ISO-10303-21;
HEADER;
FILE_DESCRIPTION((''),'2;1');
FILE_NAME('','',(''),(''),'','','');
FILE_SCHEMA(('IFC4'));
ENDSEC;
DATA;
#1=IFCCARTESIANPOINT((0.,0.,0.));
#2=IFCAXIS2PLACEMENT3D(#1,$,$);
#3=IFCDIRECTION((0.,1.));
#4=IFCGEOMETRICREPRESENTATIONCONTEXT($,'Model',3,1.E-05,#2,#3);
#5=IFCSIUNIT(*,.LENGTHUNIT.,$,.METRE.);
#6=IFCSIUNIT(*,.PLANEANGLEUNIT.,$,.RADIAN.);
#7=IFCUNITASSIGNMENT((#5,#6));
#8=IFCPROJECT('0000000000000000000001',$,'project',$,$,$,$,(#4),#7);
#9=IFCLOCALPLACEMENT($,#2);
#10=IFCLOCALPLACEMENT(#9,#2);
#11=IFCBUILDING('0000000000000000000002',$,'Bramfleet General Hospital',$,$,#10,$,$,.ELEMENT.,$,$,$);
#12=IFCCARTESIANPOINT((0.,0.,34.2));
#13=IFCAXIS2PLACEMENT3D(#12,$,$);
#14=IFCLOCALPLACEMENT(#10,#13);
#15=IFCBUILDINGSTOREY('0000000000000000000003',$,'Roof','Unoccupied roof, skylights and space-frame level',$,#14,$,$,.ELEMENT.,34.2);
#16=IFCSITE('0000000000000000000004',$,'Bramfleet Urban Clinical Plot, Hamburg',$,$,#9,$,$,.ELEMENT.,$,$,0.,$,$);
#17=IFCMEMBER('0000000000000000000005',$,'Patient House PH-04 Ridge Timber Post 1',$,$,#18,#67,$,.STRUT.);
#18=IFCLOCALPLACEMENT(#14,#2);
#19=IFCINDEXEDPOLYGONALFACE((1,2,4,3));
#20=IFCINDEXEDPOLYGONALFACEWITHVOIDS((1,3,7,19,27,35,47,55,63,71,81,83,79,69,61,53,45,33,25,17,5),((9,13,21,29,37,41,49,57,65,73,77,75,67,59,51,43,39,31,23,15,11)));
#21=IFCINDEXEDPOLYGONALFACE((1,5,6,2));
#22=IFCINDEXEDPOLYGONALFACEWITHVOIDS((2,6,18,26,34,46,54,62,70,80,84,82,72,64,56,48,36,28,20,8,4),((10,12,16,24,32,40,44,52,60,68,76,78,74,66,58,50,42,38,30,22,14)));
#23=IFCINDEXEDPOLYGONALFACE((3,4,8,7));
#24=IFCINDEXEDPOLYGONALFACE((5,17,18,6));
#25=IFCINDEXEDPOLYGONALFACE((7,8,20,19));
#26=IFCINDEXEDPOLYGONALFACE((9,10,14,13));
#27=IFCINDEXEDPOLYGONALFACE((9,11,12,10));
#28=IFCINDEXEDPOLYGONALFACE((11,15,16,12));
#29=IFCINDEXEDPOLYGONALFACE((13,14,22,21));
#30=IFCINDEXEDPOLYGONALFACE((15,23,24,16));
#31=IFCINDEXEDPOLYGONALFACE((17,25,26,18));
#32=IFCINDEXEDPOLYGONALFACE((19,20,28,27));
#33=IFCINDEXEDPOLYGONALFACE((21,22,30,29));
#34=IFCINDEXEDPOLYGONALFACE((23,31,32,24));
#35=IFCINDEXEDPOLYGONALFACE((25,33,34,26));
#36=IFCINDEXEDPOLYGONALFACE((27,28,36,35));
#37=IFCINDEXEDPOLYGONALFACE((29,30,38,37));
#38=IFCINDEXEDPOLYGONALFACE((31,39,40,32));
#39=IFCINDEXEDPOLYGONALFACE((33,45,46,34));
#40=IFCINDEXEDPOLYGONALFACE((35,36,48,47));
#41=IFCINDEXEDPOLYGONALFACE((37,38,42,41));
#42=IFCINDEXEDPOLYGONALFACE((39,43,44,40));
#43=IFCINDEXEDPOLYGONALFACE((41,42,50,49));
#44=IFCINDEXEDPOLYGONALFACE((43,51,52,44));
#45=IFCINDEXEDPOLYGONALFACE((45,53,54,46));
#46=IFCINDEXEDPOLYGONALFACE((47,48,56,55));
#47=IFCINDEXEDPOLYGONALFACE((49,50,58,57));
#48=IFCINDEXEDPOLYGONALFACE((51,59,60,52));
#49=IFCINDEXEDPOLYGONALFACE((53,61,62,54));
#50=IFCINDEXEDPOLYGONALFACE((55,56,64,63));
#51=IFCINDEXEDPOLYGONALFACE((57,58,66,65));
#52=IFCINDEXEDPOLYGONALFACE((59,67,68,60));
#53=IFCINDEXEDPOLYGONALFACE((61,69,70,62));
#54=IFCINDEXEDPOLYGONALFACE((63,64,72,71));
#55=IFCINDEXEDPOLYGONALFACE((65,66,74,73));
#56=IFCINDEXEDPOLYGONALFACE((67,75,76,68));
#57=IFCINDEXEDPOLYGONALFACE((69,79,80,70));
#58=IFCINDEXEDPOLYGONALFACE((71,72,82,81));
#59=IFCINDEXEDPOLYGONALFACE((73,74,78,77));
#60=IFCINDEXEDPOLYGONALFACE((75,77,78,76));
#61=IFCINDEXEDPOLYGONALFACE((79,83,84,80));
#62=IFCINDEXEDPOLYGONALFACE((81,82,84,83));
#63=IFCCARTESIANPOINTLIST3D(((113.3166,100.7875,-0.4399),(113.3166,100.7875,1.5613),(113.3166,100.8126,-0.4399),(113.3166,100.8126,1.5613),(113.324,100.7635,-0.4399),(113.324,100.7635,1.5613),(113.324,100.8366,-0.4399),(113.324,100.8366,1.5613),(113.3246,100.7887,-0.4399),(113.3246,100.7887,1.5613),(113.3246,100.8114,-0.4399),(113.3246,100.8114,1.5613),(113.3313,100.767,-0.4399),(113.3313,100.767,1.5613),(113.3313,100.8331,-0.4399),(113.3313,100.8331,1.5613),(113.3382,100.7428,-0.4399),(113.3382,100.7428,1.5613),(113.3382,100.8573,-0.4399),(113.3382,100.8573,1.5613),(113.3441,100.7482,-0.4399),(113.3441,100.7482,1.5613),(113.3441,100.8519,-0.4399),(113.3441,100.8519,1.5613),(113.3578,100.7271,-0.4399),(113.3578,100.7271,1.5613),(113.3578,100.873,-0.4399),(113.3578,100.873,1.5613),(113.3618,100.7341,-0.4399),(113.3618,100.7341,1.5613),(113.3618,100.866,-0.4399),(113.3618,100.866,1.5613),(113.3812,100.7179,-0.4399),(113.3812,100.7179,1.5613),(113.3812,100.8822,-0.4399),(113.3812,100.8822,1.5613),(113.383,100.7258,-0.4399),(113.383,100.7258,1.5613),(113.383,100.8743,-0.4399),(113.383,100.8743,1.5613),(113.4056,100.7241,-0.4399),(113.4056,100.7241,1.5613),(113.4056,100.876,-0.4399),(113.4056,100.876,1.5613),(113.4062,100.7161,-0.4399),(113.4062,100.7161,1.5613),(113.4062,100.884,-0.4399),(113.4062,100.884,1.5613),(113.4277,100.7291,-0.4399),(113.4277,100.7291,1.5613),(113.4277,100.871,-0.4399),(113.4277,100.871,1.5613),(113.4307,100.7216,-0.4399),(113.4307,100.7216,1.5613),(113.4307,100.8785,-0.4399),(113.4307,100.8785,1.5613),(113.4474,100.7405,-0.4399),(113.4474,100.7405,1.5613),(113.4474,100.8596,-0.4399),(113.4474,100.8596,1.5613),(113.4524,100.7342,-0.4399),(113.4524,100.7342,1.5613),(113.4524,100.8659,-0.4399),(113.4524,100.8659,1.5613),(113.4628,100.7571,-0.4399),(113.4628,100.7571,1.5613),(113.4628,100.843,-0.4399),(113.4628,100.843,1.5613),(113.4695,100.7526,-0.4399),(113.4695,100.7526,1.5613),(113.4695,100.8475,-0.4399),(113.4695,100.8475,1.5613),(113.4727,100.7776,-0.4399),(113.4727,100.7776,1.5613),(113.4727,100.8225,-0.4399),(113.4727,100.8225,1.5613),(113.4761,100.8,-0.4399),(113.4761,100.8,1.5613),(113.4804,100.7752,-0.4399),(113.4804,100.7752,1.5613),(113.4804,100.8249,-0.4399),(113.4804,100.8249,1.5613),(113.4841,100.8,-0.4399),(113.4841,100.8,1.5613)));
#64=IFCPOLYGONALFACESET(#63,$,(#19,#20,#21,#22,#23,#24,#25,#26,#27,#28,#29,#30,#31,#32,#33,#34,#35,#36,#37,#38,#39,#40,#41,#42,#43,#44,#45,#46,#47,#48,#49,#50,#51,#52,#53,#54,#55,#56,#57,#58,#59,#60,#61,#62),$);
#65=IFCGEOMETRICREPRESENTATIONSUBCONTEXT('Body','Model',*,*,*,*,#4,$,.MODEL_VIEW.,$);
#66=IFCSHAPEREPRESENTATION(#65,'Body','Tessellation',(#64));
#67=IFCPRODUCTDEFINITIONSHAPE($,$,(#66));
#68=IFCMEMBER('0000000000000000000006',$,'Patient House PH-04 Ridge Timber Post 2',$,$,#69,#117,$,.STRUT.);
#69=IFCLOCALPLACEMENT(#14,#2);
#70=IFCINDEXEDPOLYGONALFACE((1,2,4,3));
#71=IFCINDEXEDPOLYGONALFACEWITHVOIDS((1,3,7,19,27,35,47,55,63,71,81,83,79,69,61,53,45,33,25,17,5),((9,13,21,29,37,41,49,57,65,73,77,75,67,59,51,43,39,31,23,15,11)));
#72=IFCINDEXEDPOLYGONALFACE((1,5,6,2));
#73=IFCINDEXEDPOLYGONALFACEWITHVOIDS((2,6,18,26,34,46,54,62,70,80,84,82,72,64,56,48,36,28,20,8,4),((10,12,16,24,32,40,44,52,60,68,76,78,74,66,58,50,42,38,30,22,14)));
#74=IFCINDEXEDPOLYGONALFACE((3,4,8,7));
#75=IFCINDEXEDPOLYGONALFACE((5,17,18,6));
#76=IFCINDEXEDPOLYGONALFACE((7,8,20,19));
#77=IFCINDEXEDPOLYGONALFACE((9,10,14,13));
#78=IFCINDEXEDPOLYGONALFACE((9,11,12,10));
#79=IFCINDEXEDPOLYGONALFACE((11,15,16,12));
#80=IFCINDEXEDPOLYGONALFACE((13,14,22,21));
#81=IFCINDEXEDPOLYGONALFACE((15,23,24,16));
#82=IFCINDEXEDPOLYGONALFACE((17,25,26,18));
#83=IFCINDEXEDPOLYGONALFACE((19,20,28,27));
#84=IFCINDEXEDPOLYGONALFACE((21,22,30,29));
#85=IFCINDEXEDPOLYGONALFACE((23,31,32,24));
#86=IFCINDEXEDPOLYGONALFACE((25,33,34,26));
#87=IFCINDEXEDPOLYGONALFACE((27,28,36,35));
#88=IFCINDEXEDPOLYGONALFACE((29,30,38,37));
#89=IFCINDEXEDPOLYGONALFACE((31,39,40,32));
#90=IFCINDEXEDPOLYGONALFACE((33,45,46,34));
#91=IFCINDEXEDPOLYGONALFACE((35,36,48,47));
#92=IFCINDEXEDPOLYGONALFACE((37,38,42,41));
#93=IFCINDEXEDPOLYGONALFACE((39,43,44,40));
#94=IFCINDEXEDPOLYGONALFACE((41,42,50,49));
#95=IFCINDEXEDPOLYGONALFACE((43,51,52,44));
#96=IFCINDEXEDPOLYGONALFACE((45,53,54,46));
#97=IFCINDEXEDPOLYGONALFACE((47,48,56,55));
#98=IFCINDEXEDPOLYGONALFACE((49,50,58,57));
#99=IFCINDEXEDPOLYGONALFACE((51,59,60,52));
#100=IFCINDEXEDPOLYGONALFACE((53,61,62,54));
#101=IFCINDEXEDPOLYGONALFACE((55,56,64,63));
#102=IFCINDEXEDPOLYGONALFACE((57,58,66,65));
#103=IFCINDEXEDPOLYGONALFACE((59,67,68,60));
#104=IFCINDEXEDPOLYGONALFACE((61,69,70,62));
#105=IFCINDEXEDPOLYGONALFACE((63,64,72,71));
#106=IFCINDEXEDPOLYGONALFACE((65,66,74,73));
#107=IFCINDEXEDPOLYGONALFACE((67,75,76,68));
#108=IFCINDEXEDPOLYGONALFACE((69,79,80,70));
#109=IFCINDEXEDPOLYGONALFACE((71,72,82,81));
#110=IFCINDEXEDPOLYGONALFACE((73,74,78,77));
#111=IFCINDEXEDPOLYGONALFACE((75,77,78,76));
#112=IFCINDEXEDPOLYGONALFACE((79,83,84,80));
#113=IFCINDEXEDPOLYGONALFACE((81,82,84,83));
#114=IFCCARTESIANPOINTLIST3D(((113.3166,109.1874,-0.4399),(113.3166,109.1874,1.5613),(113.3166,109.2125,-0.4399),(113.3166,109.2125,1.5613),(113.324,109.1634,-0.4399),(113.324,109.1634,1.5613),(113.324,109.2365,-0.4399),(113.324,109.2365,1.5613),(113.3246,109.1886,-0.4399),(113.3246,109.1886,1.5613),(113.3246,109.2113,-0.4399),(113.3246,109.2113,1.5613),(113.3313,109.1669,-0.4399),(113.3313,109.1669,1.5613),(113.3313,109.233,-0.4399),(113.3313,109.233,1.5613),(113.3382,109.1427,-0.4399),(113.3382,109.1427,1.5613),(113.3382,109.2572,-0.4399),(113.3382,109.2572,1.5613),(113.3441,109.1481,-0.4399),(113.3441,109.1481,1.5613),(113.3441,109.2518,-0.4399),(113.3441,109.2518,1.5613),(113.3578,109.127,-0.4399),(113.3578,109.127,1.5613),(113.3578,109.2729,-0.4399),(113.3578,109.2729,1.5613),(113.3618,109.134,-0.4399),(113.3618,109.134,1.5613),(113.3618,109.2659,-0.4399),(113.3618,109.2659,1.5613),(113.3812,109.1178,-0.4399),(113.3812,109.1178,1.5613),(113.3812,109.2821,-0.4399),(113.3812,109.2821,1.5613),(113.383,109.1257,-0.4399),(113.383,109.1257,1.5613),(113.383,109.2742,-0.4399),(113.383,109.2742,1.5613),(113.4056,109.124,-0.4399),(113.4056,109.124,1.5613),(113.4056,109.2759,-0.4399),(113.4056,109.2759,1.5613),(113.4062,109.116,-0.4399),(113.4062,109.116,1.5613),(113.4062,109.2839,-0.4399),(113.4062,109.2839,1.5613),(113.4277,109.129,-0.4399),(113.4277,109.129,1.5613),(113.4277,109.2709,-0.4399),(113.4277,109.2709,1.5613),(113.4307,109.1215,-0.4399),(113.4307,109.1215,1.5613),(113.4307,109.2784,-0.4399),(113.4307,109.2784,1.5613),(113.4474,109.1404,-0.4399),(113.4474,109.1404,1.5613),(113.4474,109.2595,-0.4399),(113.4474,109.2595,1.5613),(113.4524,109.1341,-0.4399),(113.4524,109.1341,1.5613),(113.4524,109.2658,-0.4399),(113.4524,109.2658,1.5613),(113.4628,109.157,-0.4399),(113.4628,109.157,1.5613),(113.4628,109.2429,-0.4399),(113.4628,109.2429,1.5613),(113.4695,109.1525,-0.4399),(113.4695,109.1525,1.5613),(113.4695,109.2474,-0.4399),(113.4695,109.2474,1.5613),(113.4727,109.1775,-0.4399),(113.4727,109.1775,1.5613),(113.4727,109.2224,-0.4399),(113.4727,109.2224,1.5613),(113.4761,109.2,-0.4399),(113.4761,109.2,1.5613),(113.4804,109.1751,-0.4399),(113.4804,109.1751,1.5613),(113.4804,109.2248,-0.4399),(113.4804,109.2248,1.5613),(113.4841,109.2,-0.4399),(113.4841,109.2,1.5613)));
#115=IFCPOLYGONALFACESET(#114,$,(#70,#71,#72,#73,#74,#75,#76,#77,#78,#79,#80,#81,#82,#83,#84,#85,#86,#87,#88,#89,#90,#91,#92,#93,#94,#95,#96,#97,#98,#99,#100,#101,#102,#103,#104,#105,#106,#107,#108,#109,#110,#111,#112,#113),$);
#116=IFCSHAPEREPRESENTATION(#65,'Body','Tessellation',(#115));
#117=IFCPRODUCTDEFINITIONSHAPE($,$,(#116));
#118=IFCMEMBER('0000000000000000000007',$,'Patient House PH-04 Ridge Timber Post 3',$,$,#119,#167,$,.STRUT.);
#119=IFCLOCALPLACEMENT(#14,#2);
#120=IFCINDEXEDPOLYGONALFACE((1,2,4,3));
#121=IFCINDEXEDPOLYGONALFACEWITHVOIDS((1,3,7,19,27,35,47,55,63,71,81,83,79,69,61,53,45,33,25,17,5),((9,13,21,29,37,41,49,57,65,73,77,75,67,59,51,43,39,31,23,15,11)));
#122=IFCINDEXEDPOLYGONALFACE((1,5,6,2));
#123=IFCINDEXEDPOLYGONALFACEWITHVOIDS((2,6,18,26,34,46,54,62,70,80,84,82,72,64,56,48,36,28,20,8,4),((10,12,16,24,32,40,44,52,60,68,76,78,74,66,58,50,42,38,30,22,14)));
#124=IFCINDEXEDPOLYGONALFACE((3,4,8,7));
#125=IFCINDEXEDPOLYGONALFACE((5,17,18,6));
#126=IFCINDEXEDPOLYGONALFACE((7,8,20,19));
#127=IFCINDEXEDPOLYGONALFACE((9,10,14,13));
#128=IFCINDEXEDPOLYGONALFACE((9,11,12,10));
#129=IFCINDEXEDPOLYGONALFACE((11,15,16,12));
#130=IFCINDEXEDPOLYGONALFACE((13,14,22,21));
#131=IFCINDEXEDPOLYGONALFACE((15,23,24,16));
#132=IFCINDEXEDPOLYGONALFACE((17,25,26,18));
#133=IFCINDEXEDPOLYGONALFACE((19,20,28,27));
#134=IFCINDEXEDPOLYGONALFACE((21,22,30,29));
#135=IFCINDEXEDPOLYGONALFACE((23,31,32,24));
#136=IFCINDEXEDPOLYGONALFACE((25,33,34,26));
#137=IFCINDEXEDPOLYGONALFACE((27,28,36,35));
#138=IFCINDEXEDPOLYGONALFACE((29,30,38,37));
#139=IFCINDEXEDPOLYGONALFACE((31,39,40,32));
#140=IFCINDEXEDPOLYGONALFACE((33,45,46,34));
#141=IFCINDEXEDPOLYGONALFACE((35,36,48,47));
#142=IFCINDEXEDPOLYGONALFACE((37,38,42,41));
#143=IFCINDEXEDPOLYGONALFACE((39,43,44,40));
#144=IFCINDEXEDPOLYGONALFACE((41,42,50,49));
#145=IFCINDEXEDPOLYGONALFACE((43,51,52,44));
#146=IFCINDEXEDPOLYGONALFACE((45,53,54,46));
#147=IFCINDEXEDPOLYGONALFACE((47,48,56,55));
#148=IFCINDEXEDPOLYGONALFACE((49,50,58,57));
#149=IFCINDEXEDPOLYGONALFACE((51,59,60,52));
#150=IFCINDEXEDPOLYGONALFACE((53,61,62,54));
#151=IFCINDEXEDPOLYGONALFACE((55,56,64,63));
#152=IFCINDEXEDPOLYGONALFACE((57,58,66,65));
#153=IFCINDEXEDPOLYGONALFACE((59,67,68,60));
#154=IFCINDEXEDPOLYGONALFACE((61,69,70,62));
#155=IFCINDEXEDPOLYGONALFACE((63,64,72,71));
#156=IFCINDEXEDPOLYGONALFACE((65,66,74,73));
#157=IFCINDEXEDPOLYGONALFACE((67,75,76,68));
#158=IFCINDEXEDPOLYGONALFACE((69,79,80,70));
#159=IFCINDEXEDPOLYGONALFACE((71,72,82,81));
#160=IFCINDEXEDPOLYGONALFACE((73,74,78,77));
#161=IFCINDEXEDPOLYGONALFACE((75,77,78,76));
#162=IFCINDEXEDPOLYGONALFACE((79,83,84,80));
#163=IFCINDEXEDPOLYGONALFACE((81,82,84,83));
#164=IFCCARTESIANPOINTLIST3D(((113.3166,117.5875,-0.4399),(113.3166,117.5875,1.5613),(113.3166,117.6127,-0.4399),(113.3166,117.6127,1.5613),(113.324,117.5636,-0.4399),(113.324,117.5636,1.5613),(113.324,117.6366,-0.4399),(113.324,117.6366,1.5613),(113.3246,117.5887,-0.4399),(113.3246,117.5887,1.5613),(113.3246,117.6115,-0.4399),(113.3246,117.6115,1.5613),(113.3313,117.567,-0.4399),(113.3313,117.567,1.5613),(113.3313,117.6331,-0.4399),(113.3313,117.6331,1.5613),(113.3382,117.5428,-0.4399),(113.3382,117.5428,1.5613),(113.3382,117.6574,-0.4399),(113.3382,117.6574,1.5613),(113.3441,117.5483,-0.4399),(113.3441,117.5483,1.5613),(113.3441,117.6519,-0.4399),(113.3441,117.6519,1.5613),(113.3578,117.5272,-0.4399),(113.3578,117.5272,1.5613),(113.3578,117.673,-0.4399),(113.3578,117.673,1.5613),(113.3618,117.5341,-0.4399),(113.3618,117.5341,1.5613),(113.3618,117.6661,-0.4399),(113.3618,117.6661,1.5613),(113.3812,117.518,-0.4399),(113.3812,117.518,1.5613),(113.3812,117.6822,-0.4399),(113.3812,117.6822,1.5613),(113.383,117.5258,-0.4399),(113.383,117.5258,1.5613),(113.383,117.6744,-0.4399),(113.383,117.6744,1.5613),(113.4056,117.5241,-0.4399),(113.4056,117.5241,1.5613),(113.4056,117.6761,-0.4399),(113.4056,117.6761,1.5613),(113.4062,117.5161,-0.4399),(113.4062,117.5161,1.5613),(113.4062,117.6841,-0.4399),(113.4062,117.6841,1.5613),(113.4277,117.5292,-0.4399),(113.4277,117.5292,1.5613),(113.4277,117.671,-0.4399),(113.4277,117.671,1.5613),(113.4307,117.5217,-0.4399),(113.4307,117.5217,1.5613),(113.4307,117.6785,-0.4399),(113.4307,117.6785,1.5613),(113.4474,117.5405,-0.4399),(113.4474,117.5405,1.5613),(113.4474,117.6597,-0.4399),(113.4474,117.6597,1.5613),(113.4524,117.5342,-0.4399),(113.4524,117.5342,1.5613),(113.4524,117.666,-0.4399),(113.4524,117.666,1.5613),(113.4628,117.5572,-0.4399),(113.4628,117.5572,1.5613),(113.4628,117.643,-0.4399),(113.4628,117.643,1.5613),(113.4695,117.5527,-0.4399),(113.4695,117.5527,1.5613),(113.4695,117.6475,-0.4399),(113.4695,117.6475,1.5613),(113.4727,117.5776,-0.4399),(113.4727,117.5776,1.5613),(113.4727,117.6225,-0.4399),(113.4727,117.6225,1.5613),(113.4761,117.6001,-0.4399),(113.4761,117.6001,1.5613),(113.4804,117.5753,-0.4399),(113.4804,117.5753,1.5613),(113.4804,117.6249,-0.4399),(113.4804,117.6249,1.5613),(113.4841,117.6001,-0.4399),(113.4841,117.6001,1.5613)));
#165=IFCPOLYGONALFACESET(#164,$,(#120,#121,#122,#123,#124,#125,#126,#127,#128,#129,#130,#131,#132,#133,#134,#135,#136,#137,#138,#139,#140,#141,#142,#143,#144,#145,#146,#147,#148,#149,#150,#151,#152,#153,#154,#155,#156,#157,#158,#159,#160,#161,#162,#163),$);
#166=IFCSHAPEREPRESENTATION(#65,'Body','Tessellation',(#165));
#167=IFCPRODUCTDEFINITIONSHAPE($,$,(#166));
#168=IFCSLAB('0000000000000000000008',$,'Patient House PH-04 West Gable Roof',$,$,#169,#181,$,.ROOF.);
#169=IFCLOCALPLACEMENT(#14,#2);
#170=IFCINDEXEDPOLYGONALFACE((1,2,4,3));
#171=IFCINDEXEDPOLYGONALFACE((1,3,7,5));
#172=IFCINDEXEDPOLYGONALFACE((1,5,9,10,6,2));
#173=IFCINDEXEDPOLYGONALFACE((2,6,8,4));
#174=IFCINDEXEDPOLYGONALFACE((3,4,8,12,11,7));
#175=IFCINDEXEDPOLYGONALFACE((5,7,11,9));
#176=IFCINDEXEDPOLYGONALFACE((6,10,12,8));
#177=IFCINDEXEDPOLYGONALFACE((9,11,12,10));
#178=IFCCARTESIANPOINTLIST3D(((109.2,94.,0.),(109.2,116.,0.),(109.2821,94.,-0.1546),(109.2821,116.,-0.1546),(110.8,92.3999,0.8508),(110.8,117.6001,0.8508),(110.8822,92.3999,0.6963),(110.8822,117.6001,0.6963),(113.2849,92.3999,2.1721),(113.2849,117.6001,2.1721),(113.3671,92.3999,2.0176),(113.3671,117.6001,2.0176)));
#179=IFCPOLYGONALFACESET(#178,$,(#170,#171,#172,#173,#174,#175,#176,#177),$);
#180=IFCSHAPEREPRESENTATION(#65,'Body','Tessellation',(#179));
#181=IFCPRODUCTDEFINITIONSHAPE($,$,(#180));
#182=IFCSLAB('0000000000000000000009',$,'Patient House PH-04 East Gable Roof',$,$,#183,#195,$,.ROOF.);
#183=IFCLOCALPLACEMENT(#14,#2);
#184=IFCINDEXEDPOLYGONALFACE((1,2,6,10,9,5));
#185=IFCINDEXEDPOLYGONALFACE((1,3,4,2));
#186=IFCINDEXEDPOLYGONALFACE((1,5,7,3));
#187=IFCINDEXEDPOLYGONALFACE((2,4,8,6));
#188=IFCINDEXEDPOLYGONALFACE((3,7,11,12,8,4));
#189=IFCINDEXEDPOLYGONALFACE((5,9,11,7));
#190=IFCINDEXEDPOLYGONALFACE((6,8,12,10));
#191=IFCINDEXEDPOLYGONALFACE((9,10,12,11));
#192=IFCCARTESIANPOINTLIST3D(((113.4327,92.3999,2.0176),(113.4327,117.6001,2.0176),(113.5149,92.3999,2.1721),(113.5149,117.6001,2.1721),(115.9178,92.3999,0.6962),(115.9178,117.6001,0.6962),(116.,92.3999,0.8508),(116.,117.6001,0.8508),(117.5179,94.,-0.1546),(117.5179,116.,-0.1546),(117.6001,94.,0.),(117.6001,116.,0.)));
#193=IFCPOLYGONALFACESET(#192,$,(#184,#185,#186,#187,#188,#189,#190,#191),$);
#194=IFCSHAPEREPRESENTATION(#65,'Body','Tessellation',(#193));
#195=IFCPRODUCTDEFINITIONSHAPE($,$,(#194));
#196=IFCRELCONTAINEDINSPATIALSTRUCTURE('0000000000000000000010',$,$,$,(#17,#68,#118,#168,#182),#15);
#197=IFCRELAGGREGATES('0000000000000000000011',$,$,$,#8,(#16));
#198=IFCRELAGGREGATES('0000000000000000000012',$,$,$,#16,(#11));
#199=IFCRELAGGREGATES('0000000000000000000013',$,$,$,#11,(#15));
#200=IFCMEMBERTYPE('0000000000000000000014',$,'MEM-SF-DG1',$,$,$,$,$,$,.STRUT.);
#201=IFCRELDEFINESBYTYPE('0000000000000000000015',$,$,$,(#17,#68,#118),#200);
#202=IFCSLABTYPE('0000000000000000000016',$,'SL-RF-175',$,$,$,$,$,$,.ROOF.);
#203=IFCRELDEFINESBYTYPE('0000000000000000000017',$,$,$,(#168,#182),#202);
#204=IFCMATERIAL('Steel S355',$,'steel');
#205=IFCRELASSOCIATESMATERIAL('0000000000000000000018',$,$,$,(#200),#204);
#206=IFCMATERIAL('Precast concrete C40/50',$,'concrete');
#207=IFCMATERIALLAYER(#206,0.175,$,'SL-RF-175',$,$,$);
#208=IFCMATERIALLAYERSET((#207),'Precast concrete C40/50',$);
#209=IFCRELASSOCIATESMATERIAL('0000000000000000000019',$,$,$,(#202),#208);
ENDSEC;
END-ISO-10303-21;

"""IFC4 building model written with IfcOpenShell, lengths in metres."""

from ifc_helpers import new_model, si_unit, direction, frame, origin, origin_2d, place, context, subcontext, project, spatial, polyline, hollow_circle, outline, extrude, material, layer, layer_set, material_profile, profile_set, type_object, element, save


model = new_model("IFC4")

# Units and contexts
model_context = context("Model", 3, precision=1e-05, world=origin(), true_north=direction((0.0, 1.0)))
body_context = subcontext(model_context, "Body", "Model", "MODEL_VIEW")
ifc_project = project(units=[si_unit("LENGTHUNIT", "METRE"), si_unit("PLANEANGLEUNIT", "RADIAN")], contexts=[model_context])

# Site, building, storey
site_placement = place(None, origin())
site = spatial("IfcSite", under=ifc_project, at=site_placement, Name="Bramfleet Urban Clinical Plot, Hamburg", CompositionType="ELEMENT", RefElevation=0.0)
building_placement = place(site_placement, origin())
building = spatial("IfcBuilding", under=site, at=building_placement, Name="Bramfleet General Hospital", CompositionType="ELEMENT")
storey_placement = place(building_placement, frame((0.0, 0.0, 34.2)))
storey = spatial("IfcBuildingStorey", under=building, at=storey_placement, Name="Roof", Description="Unoccupied roof, skylights and space-frame level", CompositionType="ELEMENT", Elevation=34.2)

# Members
ifc_material_1 = material(Name="Steel S355", Category="steel")
ifc_material_profile_1 = material_profile(ifc_material_1, hollow_circle(Radius=0.0842, WallThickness=0.0081, at=origin_2d()), Name="CHS 168.3x8.0")
ifc_profile_set_1 = profile_set([ifc_material_profile_1], Name="Steel S355")
member_type_1 = type_object("IfcMemberType", Name="MEM-SF-DG1", PredefinedType="STRUT", material=ifc_profile_set_1)
for number, where, z_axis, x_axis, name in (
    (1, (113.3999, 100.8, -0.4399), (0.0, 0.0, 1.0), (1.0, 0.0, 0.0), "Patient House PH-04 Ridge Timber Post 1"),
    (2, (113.3999, 109.2, -0.4399), (0.0, 0.0, 1.0), (1.0, 0.0, 0.0), "Patient House PH-04 Ridge Timber Post 2"),
    (3, (113.3999, 117.6001, -0.4399), (0.0, 0.0, 1.0), (1.0, 0.0, 0.0), "Patient House PH-04 Ridge Timber Post 3"),
):
    element("IfcMember", number, at=place(storey_placement, frame(where, z_axis=z_axis, x_axis=x_axis)), inside=storey, type_object=member_type_1, Name=name, PredefinedType="STRUT", context=body_context, shape_type="SweptSolid", body=[
        extrude(hollow_circle(Radius=0.0842, WallThickness=0.0081, at=origin_2d()), origin(), (0.0, 0.0, 1.0), 2.0012),
    ])

# Slabs
ifc_material_2 = material(Name="Precast concrete C40/50", Category="concrete")
ifc_layer_1 = layer(ifc_material_2, 0.175, Name="SL-RF-175")
ifc_layer_set_1 = layer_set([ifc_layer_1], Name="Precast concrete C40/50")
slab_type_1 = type_object("IfcSlabType", Name="SL-RF-175", PredefinedType="ROOF", material=ifc_layer_set_1)
slab_1_placement = place(storey_placement, frame((110.8, 92.3999, 0.8508), z_axis=(-0.46949, 0.0, 0.882938), x_axis=(0.882938, 0.0, 0.46949)))
element("IfcSlab", 4, at=slab_1_placement, inside=storey, type_object=slab_type_1, Name="Patient House PH-04 West Gable Roof", PredefinedType="ROOF", context=body_context, shape_type="SweptSolid", body=[
    extrude(outline(polyline([(0.0, 0.0), (2.8143, 0.0), (2.8143, 25.2002), (0.0, 25.2002), (-1.8122, 23.6001), (-1.8122, 1.6001), (0.0, 0.0)])), origin(), (0.0, 0.0, -1.0), 0.175),
])
slab_2_placement = place(storey_placement, frame((113.5149, 92.3999, 2.1721), z_axis=(0.469467, 0.0, 0.88295), x_axis=(0.88295, 0.0, -0.469467)))
element("IfcSlab", 5, at=slab_2_placement, inside=storey, type_object=slab_type_1, Name="Patient House PH-04 East Gable Roof", PredefinedType="ROOF", context=body_context, shape_type="SweptSolid", body=[
    extrude(outline(polyline([(0.0, 0.0), (2.8145, 0.0), (4.6268, 1.6001), (4.6268, 23.6001), (2.8145, 25.2002), (0.0, 25.2002), (0.0, 0.0)])), origin(), (0.0, 0.0, -1.0), 0.175),
])

save(model, "model.ifc")
